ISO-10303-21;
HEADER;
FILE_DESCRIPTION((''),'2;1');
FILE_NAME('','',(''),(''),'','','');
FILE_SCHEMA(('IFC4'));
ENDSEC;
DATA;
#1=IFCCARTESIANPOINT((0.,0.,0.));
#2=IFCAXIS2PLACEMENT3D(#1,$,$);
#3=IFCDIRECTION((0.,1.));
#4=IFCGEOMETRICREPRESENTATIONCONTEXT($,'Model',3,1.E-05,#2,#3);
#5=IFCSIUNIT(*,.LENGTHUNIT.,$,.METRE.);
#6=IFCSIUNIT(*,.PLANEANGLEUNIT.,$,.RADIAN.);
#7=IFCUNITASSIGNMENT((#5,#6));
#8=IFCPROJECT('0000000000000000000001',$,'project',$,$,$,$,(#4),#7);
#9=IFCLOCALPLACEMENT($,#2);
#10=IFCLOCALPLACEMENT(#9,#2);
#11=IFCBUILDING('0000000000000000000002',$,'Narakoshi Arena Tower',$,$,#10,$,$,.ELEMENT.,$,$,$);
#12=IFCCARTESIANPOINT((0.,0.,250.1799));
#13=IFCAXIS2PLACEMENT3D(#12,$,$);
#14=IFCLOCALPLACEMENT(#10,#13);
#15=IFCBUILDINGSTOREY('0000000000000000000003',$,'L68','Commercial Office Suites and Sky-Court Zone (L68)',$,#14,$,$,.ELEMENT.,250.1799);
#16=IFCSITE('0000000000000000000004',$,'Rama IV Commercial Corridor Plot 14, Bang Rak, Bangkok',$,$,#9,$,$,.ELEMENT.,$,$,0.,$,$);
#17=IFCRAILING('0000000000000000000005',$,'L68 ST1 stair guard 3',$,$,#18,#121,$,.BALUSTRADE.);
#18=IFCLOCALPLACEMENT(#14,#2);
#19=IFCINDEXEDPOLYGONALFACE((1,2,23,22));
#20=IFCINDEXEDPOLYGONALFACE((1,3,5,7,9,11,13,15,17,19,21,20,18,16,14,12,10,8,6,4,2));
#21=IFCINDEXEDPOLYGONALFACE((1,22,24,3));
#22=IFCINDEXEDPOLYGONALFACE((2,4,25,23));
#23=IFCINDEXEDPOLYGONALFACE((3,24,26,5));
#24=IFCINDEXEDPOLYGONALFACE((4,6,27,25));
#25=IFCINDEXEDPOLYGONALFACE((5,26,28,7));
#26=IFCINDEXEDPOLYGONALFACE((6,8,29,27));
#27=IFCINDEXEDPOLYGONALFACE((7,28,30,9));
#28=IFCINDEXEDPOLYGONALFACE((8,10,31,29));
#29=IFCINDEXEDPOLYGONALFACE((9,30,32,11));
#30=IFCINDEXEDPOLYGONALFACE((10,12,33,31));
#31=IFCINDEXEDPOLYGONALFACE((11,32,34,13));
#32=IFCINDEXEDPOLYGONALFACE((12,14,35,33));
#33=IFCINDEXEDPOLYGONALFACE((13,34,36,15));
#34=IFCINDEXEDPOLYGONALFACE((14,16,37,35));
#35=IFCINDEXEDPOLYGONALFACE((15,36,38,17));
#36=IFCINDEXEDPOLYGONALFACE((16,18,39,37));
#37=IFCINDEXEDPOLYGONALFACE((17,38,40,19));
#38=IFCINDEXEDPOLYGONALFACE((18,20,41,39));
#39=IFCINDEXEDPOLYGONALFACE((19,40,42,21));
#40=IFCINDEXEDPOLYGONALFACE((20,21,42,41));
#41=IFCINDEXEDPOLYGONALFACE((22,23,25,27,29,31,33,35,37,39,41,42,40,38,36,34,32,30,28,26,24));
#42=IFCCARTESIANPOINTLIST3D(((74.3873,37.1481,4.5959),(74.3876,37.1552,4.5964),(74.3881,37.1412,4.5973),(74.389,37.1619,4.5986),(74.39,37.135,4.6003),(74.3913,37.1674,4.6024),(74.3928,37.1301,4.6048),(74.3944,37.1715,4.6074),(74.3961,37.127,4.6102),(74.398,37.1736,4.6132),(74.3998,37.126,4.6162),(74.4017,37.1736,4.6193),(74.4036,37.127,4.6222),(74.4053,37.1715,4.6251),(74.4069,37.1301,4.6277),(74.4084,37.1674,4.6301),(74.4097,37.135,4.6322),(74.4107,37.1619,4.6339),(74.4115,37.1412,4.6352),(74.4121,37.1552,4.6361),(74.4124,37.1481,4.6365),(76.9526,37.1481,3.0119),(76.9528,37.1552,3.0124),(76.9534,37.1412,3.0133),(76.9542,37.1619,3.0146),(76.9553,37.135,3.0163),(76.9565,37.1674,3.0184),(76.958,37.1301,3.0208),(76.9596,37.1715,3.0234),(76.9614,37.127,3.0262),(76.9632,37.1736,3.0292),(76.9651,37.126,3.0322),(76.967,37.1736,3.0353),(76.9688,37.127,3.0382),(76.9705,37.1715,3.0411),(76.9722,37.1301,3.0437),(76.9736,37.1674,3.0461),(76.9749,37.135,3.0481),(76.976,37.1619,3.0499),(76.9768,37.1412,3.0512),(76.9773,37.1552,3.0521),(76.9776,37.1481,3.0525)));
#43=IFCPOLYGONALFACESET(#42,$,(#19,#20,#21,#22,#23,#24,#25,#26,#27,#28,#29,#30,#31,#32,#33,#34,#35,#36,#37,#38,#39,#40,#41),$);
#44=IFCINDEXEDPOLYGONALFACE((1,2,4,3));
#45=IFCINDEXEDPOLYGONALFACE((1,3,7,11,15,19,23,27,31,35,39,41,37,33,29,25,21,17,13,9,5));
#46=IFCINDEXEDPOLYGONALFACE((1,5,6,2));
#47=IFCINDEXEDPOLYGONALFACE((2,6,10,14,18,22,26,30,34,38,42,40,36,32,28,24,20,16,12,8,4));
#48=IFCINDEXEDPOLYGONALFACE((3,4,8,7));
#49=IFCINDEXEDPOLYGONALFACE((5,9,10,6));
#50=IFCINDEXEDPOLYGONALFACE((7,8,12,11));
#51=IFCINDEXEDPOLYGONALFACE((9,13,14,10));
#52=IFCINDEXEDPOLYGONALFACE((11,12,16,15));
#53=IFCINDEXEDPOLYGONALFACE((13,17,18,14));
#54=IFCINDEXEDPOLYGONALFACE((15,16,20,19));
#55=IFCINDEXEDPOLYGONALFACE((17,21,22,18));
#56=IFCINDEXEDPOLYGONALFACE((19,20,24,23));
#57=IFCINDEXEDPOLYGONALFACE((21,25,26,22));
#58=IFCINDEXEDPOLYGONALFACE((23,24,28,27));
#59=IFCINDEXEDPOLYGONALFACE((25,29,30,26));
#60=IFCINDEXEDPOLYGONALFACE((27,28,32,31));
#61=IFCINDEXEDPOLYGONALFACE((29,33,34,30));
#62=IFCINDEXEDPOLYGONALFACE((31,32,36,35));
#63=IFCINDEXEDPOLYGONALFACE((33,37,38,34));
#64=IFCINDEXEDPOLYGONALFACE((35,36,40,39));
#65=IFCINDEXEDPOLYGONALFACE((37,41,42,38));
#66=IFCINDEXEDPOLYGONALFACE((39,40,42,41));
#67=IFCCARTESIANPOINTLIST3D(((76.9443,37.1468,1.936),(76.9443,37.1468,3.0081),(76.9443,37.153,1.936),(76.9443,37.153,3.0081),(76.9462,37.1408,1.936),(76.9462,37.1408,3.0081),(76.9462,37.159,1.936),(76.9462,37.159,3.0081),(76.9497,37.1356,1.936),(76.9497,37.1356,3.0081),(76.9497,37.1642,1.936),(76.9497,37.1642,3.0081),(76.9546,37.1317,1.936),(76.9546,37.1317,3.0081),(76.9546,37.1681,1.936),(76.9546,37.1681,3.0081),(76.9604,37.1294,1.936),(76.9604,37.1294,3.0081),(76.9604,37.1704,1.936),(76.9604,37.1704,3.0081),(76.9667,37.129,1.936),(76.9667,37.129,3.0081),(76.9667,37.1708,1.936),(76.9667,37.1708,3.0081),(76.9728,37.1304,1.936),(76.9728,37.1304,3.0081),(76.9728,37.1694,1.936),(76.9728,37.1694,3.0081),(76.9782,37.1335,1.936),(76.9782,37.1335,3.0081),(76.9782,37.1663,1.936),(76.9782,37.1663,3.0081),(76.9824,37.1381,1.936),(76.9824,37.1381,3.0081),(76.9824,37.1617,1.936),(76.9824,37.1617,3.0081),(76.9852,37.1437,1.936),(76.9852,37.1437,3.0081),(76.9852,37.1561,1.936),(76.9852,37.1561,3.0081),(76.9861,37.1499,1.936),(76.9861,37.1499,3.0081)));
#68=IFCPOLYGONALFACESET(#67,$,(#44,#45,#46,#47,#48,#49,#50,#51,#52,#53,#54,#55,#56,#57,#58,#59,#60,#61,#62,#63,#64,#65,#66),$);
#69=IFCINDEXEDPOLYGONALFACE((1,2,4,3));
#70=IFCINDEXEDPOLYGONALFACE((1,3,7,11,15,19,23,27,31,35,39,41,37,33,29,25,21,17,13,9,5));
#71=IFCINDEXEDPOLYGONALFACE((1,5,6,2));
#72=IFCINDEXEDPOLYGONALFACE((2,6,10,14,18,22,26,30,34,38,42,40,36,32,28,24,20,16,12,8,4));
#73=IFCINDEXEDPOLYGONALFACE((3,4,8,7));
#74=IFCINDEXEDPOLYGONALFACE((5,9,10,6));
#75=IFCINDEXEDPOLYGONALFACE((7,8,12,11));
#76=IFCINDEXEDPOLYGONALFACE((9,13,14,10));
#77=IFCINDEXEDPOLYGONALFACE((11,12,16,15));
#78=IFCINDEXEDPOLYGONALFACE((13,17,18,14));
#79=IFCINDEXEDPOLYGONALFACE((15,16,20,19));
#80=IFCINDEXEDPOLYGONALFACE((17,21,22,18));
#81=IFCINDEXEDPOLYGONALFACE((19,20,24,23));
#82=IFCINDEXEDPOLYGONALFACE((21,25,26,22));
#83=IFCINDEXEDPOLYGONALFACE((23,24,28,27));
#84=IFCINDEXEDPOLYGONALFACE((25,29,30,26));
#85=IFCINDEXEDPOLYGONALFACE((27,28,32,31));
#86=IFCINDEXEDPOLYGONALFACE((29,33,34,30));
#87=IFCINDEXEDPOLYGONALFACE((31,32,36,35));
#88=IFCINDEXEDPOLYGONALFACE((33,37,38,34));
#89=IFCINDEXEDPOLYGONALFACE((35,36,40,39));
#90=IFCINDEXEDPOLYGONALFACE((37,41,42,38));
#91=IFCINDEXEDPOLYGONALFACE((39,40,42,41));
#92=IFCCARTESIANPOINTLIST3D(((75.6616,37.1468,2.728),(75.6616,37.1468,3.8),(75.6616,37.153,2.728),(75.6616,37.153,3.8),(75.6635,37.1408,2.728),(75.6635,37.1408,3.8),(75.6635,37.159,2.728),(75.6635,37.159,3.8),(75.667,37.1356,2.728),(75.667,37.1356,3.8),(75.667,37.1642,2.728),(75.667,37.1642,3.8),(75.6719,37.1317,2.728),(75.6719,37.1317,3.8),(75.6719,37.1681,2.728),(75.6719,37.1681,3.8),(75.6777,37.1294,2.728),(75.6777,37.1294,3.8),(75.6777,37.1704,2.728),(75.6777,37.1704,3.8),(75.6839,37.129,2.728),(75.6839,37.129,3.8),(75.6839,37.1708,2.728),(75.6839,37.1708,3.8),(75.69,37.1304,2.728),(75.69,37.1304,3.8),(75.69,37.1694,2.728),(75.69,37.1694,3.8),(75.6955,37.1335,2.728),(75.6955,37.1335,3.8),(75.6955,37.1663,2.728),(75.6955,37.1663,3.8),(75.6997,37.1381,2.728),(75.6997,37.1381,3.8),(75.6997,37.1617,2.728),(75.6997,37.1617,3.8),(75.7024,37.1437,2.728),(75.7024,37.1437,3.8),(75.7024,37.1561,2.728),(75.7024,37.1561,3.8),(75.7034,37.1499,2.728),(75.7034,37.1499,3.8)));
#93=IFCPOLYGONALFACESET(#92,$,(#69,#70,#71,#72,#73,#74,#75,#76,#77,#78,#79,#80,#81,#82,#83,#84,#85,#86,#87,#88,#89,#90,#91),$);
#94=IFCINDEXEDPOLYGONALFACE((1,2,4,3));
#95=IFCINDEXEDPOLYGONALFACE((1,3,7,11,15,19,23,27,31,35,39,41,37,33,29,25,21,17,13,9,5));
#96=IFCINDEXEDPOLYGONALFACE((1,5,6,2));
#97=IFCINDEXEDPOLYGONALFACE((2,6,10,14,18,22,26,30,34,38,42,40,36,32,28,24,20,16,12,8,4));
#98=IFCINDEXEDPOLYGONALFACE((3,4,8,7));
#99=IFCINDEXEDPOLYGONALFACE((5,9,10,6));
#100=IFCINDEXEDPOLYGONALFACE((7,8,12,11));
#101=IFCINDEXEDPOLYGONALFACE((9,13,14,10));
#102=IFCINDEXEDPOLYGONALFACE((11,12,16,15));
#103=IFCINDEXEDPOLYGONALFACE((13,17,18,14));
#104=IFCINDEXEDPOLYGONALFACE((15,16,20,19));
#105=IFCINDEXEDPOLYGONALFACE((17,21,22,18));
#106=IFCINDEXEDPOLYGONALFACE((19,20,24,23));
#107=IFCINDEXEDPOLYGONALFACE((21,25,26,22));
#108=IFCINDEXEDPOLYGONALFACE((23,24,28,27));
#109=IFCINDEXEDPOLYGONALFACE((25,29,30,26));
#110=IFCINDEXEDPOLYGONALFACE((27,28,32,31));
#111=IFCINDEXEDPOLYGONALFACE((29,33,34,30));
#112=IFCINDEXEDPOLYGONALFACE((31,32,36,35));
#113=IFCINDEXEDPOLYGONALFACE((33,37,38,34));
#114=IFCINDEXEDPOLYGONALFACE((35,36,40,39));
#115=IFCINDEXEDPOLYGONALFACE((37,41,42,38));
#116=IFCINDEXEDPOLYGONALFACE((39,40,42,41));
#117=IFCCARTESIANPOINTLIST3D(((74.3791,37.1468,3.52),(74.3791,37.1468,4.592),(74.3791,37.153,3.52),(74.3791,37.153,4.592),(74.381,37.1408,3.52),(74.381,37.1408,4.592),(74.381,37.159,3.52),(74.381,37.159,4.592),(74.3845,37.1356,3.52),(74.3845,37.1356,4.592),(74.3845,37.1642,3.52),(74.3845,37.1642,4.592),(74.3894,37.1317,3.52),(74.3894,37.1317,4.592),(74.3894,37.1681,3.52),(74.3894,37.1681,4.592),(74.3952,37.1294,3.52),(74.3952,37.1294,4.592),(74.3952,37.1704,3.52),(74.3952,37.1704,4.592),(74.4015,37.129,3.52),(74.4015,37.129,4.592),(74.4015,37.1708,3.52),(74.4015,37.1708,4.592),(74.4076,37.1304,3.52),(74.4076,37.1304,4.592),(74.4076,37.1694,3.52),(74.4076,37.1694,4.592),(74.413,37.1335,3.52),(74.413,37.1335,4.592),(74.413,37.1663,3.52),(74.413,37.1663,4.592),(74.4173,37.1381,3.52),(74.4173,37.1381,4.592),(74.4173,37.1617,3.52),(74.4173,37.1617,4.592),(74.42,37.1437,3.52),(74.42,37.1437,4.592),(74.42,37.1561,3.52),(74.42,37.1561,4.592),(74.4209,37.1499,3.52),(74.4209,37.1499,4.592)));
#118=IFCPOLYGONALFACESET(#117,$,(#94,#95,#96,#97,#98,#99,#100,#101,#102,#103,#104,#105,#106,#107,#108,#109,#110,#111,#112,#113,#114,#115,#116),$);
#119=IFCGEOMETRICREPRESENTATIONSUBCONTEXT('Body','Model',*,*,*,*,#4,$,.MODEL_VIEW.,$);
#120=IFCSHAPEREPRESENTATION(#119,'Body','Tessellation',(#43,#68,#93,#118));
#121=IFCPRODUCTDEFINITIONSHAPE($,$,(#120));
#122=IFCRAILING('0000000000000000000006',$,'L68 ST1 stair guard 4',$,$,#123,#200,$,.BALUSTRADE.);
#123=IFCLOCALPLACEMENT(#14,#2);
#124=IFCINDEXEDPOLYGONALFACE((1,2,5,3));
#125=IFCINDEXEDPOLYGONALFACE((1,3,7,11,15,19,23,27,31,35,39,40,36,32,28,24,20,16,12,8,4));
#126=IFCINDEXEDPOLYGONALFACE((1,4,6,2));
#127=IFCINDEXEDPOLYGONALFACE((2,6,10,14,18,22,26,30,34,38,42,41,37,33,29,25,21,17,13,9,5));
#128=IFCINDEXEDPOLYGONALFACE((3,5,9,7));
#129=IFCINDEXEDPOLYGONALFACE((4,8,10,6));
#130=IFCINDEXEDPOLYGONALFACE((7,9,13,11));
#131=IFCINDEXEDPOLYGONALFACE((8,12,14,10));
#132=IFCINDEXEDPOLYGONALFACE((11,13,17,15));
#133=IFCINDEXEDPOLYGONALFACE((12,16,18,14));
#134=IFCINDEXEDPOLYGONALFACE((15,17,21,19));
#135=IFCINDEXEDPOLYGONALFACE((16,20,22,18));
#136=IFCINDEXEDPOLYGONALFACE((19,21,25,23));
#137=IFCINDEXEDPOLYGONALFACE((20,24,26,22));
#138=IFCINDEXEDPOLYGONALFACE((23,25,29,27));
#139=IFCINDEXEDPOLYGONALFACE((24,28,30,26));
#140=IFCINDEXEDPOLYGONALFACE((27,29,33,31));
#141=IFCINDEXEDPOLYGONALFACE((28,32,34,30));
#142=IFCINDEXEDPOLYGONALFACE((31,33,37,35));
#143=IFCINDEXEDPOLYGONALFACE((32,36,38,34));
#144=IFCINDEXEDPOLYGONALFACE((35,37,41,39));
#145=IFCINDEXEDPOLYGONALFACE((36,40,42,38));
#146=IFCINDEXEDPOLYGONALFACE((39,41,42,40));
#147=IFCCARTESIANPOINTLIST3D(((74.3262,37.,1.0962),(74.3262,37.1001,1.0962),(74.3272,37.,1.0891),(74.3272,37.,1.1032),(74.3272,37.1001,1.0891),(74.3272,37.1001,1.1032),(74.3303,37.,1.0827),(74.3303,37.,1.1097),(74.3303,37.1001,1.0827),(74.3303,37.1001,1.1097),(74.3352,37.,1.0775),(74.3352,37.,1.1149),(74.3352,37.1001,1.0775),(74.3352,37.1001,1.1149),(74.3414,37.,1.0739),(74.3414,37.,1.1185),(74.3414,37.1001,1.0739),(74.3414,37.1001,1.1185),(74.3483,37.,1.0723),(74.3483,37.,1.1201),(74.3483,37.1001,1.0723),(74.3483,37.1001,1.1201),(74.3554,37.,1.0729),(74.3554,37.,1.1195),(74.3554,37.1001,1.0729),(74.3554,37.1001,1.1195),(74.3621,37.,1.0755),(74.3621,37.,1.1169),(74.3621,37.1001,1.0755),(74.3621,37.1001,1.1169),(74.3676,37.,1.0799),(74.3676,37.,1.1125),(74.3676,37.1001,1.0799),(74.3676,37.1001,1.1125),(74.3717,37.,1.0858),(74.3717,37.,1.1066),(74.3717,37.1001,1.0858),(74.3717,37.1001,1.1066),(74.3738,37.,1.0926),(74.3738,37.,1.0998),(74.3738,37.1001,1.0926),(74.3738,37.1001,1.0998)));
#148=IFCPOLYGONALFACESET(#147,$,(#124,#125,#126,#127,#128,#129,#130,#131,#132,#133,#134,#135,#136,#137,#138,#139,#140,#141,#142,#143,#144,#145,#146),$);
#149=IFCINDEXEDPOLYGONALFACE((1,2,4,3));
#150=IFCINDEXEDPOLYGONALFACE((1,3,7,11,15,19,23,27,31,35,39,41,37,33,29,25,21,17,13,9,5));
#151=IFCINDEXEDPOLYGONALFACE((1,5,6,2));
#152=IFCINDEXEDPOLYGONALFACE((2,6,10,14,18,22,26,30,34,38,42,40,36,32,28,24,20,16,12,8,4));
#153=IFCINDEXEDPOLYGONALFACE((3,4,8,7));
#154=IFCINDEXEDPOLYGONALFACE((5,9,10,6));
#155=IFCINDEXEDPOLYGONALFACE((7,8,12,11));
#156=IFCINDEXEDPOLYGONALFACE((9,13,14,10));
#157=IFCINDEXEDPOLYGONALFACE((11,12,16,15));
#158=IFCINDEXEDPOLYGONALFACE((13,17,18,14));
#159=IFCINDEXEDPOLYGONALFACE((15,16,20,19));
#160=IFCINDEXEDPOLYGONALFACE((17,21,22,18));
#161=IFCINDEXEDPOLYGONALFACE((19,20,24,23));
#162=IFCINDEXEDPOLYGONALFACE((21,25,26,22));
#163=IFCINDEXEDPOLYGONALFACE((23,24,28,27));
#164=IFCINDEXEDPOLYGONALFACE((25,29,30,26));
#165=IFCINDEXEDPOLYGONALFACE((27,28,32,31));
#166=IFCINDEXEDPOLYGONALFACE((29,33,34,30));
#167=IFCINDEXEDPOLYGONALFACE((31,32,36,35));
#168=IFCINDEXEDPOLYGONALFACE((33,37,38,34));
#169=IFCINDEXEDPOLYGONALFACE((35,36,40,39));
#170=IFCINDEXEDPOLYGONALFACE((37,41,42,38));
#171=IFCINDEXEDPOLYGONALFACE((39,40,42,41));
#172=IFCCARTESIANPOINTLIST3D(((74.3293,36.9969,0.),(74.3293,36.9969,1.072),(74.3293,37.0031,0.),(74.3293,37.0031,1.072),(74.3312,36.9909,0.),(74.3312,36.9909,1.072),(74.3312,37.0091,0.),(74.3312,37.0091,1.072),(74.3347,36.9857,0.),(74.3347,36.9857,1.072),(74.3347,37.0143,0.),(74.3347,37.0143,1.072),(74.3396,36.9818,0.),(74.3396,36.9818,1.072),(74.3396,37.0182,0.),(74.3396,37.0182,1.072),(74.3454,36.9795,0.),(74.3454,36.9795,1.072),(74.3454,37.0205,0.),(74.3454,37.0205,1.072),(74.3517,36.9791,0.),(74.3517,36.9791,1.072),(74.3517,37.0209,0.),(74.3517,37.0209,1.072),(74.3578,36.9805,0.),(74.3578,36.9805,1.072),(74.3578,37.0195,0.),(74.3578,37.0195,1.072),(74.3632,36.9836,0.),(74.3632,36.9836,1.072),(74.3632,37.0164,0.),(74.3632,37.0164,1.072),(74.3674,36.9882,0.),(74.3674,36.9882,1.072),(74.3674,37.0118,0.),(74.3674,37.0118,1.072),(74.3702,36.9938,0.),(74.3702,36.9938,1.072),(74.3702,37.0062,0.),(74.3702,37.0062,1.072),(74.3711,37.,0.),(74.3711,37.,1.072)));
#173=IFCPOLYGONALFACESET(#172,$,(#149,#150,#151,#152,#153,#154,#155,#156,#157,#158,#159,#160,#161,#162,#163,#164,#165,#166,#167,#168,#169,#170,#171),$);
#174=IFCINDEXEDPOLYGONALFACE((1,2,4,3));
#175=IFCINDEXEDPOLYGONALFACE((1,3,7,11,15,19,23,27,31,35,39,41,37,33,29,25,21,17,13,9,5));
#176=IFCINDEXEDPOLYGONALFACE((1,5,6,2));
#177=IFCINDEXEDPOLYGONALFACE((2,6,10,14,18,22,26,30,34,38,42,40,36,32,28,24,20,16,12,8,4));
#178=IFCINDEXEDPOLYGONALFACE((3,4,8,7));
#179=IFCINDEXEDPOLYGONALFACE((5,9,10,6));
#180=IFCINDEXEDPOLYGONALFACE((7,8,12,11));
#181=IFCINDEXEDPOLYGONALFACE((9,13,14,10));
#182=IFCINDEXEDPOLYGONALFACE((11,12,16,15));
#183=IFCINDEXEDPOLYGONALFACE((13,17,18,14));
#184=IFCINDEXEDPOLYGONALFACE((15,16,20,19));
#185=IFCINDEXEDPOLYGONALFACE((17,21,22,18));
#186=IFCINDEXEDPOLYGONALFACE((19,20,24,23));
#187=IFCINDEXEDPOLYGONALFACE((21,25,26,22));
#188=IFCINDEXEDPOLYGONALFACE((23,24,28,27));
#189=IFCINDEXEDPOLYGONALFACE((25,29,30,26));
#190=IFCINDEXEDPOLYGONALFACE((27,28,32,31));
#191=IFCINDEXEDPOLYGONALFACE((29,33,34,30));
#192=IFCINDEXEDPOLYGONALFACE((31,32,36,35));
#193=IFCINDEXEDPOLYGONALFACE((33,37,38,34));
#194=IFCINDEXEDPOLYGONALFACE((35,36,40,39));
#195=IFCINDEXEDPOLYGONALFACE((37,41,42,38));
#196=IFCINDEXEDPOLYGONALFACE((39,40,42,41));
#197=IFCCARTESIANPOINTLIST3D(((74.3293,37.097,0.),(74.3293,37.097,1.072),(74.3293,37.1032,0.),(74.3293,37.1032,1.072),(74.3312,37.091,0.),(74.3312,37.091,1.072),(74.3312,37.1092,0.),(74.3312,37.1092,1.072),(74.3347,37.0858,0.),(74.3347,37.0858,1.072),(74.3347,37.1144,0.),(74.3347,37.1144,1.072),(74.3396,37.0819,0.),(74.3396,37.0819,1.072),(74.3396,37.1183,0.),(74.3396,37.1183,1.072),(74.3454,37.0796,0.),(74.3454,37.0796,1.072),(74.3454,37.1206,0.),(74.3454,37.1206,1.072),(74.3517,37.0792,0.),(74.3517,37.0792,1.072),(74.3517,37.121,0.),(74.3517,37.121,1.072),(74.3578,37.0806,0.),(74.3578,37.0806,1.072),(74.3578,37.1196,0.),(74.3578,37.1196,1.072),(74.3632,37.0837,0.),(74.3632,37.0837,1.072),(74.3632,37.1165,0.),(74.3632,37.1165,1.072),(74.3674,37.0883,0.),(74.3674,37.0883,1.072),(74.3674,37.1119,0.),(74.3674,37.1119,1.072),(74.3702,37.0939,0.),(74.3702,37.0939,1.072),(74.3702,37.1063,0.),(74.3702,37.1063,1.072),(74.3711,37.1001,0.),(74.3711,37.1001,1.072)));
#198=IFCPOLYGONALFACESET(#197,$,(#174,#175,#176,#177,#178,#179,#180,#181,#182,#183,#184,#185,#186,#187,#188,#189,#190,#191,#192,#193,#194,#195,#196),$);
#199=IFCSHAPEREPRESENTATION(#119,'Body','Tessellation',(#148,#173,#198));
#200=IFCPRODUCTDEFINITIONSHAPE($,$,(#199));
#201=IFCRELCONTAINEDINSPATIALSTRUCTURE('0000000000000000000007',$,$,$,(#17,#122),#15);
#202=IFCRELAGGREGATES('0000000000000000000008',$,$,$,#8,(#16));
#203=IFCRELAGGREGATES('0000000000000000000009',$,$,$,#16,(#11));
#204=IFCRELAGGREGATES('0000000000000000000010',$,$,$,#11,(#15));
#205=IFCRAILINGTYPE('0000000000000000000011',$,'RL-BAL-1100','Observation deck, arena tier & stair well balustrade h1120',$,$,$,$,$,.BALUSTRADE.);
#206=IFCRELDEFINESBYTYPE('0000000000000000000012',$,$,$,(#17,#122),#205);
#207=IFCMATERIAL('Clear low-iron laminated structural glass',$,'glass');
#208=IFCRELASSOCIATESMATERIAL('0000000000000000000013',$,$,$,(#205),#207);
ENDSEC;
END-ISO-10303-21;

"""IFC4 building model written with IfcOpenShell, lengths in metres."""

from ifc_helpers import new_model, si_unit, direction, frame, origin, origin_2d, place, context, subcontext, project, spatial, circle, extrude, material, type_object, element, save


model = new_model("IFC4")

# Units and contexts
model_context = context("Model", 3, precision=1e-05, world=origin(), true_north=direction((0.0, 1.0)))
body_context = subcontext(model_context, "Body", "Model", "MODEL_VIEW")
ifc_project = project(units=[si_unit("LENGTHUNIT", "METRE"), si_unit("PLANEANGLEUNIT", "RADIAN")], contexts=[model_context])

# Site, building, storey
site_placement = place(None, origin())
site = spatial("IfcSite", under=ifc_project, at=site_placement, Name="Rama IV Commercial Corridor Plot 14, Bang Rak, Bangkok", CompositionType="ELEMENT", RefElevation=0.0)
building_placement = place(site_placement, origin())
building = spatial("IfcBuilding", under=site, at=building_placement, Name="Narakoshi Arena Tower", CompositionType="ELEMENT")
storey_placement = place(building_placement, frame((0.0, 0.0, 250.1799)))
storey = spatial("IfcBuildingStorey", under=building, at=storey_placement, Name="L68", Description="Commercial Office Suites and Sky-Court Zone (L68)", CompositionType="ELEMENT", Elevation=250.1799)

# Railings
ifc_material_1 = material(Name="Clear low-iron laminated structural glass", Category="glass")
railing_type_1 = type_object("IfcRailingType", Name="RL-BAL-1100", Description="Observation deck, arena tier & stair well balustrade h1120", PredefinedType="BALUSTRADE", material=ifc_material_1)
railing_1_placement = place(storey_placement, frame((76.9651, 37.1499, 1.936)))
element("IfcRailing", 1, at=railing_1_placement, inside=storey, type_object=railing_type_1, Name="L68 ST1 stair guard 3", PredefinedType="BALUSTRADE", context=body_context, shape_type="SweptSolid", body=[
    extrude(circle(Radius=0.0239, at=origin_2d()), frame((0.0, 0.0, 1.0962), z_axis=(-0.850857, 0.0, 0.525398), x_axis=(0.0, -1.0, 0.0)), (0.0, 0.0, 1.0), 3.0149),
    extrude(circle(Radius=0.021, at=origin_2d()), origin(), (0.0, 0.0, 1.0), 1.072),
    extrude(circle(Radius=0.021, at=origin_2d()), frame((-1.2827, 0.0, 0.792)), (0.0, 0.0, 1.0), 1.072),
    extrude(circle(Radius=0.021, at=origin_2d()), frame((-2.5652, 0.0, 1.584)), (0.0, 0.0, 1.0), 1.072),
])
railing_2_placement = place(storey_placement, frame((74.3501, 37.0, 0.0)))
element("IfcRailing", 2, at=railing_2_placement, inside=storey, type_object=railing_type_1, Name="L68 ST1 stair guard 4", PredefinedType="BALUSTRADE", context=body_context, shape_type="SweptSolid", body=[
    extrude(circle(Radius=0.0239, at=origin_2d()), frame((0.0, 0.0, 1.0962), z_axis=(0.0, 1.0, 0.0), x_axis=(-1.0, 0.0, 0.0)), (0.0, 0.0, 1.0), 0.1001),
    extrude(circle(Radius=0.021, at=origin_2d()), origin(), (0.0, 0.0, 1.0), 1.072),
    extrude(circle(Radius=0.021, at=origin_2d()), frame((0.0, 0.1001, 0.0)), (0.0, 0.0, 1.0), 1.072),
])

save(model, "model.ifc")
